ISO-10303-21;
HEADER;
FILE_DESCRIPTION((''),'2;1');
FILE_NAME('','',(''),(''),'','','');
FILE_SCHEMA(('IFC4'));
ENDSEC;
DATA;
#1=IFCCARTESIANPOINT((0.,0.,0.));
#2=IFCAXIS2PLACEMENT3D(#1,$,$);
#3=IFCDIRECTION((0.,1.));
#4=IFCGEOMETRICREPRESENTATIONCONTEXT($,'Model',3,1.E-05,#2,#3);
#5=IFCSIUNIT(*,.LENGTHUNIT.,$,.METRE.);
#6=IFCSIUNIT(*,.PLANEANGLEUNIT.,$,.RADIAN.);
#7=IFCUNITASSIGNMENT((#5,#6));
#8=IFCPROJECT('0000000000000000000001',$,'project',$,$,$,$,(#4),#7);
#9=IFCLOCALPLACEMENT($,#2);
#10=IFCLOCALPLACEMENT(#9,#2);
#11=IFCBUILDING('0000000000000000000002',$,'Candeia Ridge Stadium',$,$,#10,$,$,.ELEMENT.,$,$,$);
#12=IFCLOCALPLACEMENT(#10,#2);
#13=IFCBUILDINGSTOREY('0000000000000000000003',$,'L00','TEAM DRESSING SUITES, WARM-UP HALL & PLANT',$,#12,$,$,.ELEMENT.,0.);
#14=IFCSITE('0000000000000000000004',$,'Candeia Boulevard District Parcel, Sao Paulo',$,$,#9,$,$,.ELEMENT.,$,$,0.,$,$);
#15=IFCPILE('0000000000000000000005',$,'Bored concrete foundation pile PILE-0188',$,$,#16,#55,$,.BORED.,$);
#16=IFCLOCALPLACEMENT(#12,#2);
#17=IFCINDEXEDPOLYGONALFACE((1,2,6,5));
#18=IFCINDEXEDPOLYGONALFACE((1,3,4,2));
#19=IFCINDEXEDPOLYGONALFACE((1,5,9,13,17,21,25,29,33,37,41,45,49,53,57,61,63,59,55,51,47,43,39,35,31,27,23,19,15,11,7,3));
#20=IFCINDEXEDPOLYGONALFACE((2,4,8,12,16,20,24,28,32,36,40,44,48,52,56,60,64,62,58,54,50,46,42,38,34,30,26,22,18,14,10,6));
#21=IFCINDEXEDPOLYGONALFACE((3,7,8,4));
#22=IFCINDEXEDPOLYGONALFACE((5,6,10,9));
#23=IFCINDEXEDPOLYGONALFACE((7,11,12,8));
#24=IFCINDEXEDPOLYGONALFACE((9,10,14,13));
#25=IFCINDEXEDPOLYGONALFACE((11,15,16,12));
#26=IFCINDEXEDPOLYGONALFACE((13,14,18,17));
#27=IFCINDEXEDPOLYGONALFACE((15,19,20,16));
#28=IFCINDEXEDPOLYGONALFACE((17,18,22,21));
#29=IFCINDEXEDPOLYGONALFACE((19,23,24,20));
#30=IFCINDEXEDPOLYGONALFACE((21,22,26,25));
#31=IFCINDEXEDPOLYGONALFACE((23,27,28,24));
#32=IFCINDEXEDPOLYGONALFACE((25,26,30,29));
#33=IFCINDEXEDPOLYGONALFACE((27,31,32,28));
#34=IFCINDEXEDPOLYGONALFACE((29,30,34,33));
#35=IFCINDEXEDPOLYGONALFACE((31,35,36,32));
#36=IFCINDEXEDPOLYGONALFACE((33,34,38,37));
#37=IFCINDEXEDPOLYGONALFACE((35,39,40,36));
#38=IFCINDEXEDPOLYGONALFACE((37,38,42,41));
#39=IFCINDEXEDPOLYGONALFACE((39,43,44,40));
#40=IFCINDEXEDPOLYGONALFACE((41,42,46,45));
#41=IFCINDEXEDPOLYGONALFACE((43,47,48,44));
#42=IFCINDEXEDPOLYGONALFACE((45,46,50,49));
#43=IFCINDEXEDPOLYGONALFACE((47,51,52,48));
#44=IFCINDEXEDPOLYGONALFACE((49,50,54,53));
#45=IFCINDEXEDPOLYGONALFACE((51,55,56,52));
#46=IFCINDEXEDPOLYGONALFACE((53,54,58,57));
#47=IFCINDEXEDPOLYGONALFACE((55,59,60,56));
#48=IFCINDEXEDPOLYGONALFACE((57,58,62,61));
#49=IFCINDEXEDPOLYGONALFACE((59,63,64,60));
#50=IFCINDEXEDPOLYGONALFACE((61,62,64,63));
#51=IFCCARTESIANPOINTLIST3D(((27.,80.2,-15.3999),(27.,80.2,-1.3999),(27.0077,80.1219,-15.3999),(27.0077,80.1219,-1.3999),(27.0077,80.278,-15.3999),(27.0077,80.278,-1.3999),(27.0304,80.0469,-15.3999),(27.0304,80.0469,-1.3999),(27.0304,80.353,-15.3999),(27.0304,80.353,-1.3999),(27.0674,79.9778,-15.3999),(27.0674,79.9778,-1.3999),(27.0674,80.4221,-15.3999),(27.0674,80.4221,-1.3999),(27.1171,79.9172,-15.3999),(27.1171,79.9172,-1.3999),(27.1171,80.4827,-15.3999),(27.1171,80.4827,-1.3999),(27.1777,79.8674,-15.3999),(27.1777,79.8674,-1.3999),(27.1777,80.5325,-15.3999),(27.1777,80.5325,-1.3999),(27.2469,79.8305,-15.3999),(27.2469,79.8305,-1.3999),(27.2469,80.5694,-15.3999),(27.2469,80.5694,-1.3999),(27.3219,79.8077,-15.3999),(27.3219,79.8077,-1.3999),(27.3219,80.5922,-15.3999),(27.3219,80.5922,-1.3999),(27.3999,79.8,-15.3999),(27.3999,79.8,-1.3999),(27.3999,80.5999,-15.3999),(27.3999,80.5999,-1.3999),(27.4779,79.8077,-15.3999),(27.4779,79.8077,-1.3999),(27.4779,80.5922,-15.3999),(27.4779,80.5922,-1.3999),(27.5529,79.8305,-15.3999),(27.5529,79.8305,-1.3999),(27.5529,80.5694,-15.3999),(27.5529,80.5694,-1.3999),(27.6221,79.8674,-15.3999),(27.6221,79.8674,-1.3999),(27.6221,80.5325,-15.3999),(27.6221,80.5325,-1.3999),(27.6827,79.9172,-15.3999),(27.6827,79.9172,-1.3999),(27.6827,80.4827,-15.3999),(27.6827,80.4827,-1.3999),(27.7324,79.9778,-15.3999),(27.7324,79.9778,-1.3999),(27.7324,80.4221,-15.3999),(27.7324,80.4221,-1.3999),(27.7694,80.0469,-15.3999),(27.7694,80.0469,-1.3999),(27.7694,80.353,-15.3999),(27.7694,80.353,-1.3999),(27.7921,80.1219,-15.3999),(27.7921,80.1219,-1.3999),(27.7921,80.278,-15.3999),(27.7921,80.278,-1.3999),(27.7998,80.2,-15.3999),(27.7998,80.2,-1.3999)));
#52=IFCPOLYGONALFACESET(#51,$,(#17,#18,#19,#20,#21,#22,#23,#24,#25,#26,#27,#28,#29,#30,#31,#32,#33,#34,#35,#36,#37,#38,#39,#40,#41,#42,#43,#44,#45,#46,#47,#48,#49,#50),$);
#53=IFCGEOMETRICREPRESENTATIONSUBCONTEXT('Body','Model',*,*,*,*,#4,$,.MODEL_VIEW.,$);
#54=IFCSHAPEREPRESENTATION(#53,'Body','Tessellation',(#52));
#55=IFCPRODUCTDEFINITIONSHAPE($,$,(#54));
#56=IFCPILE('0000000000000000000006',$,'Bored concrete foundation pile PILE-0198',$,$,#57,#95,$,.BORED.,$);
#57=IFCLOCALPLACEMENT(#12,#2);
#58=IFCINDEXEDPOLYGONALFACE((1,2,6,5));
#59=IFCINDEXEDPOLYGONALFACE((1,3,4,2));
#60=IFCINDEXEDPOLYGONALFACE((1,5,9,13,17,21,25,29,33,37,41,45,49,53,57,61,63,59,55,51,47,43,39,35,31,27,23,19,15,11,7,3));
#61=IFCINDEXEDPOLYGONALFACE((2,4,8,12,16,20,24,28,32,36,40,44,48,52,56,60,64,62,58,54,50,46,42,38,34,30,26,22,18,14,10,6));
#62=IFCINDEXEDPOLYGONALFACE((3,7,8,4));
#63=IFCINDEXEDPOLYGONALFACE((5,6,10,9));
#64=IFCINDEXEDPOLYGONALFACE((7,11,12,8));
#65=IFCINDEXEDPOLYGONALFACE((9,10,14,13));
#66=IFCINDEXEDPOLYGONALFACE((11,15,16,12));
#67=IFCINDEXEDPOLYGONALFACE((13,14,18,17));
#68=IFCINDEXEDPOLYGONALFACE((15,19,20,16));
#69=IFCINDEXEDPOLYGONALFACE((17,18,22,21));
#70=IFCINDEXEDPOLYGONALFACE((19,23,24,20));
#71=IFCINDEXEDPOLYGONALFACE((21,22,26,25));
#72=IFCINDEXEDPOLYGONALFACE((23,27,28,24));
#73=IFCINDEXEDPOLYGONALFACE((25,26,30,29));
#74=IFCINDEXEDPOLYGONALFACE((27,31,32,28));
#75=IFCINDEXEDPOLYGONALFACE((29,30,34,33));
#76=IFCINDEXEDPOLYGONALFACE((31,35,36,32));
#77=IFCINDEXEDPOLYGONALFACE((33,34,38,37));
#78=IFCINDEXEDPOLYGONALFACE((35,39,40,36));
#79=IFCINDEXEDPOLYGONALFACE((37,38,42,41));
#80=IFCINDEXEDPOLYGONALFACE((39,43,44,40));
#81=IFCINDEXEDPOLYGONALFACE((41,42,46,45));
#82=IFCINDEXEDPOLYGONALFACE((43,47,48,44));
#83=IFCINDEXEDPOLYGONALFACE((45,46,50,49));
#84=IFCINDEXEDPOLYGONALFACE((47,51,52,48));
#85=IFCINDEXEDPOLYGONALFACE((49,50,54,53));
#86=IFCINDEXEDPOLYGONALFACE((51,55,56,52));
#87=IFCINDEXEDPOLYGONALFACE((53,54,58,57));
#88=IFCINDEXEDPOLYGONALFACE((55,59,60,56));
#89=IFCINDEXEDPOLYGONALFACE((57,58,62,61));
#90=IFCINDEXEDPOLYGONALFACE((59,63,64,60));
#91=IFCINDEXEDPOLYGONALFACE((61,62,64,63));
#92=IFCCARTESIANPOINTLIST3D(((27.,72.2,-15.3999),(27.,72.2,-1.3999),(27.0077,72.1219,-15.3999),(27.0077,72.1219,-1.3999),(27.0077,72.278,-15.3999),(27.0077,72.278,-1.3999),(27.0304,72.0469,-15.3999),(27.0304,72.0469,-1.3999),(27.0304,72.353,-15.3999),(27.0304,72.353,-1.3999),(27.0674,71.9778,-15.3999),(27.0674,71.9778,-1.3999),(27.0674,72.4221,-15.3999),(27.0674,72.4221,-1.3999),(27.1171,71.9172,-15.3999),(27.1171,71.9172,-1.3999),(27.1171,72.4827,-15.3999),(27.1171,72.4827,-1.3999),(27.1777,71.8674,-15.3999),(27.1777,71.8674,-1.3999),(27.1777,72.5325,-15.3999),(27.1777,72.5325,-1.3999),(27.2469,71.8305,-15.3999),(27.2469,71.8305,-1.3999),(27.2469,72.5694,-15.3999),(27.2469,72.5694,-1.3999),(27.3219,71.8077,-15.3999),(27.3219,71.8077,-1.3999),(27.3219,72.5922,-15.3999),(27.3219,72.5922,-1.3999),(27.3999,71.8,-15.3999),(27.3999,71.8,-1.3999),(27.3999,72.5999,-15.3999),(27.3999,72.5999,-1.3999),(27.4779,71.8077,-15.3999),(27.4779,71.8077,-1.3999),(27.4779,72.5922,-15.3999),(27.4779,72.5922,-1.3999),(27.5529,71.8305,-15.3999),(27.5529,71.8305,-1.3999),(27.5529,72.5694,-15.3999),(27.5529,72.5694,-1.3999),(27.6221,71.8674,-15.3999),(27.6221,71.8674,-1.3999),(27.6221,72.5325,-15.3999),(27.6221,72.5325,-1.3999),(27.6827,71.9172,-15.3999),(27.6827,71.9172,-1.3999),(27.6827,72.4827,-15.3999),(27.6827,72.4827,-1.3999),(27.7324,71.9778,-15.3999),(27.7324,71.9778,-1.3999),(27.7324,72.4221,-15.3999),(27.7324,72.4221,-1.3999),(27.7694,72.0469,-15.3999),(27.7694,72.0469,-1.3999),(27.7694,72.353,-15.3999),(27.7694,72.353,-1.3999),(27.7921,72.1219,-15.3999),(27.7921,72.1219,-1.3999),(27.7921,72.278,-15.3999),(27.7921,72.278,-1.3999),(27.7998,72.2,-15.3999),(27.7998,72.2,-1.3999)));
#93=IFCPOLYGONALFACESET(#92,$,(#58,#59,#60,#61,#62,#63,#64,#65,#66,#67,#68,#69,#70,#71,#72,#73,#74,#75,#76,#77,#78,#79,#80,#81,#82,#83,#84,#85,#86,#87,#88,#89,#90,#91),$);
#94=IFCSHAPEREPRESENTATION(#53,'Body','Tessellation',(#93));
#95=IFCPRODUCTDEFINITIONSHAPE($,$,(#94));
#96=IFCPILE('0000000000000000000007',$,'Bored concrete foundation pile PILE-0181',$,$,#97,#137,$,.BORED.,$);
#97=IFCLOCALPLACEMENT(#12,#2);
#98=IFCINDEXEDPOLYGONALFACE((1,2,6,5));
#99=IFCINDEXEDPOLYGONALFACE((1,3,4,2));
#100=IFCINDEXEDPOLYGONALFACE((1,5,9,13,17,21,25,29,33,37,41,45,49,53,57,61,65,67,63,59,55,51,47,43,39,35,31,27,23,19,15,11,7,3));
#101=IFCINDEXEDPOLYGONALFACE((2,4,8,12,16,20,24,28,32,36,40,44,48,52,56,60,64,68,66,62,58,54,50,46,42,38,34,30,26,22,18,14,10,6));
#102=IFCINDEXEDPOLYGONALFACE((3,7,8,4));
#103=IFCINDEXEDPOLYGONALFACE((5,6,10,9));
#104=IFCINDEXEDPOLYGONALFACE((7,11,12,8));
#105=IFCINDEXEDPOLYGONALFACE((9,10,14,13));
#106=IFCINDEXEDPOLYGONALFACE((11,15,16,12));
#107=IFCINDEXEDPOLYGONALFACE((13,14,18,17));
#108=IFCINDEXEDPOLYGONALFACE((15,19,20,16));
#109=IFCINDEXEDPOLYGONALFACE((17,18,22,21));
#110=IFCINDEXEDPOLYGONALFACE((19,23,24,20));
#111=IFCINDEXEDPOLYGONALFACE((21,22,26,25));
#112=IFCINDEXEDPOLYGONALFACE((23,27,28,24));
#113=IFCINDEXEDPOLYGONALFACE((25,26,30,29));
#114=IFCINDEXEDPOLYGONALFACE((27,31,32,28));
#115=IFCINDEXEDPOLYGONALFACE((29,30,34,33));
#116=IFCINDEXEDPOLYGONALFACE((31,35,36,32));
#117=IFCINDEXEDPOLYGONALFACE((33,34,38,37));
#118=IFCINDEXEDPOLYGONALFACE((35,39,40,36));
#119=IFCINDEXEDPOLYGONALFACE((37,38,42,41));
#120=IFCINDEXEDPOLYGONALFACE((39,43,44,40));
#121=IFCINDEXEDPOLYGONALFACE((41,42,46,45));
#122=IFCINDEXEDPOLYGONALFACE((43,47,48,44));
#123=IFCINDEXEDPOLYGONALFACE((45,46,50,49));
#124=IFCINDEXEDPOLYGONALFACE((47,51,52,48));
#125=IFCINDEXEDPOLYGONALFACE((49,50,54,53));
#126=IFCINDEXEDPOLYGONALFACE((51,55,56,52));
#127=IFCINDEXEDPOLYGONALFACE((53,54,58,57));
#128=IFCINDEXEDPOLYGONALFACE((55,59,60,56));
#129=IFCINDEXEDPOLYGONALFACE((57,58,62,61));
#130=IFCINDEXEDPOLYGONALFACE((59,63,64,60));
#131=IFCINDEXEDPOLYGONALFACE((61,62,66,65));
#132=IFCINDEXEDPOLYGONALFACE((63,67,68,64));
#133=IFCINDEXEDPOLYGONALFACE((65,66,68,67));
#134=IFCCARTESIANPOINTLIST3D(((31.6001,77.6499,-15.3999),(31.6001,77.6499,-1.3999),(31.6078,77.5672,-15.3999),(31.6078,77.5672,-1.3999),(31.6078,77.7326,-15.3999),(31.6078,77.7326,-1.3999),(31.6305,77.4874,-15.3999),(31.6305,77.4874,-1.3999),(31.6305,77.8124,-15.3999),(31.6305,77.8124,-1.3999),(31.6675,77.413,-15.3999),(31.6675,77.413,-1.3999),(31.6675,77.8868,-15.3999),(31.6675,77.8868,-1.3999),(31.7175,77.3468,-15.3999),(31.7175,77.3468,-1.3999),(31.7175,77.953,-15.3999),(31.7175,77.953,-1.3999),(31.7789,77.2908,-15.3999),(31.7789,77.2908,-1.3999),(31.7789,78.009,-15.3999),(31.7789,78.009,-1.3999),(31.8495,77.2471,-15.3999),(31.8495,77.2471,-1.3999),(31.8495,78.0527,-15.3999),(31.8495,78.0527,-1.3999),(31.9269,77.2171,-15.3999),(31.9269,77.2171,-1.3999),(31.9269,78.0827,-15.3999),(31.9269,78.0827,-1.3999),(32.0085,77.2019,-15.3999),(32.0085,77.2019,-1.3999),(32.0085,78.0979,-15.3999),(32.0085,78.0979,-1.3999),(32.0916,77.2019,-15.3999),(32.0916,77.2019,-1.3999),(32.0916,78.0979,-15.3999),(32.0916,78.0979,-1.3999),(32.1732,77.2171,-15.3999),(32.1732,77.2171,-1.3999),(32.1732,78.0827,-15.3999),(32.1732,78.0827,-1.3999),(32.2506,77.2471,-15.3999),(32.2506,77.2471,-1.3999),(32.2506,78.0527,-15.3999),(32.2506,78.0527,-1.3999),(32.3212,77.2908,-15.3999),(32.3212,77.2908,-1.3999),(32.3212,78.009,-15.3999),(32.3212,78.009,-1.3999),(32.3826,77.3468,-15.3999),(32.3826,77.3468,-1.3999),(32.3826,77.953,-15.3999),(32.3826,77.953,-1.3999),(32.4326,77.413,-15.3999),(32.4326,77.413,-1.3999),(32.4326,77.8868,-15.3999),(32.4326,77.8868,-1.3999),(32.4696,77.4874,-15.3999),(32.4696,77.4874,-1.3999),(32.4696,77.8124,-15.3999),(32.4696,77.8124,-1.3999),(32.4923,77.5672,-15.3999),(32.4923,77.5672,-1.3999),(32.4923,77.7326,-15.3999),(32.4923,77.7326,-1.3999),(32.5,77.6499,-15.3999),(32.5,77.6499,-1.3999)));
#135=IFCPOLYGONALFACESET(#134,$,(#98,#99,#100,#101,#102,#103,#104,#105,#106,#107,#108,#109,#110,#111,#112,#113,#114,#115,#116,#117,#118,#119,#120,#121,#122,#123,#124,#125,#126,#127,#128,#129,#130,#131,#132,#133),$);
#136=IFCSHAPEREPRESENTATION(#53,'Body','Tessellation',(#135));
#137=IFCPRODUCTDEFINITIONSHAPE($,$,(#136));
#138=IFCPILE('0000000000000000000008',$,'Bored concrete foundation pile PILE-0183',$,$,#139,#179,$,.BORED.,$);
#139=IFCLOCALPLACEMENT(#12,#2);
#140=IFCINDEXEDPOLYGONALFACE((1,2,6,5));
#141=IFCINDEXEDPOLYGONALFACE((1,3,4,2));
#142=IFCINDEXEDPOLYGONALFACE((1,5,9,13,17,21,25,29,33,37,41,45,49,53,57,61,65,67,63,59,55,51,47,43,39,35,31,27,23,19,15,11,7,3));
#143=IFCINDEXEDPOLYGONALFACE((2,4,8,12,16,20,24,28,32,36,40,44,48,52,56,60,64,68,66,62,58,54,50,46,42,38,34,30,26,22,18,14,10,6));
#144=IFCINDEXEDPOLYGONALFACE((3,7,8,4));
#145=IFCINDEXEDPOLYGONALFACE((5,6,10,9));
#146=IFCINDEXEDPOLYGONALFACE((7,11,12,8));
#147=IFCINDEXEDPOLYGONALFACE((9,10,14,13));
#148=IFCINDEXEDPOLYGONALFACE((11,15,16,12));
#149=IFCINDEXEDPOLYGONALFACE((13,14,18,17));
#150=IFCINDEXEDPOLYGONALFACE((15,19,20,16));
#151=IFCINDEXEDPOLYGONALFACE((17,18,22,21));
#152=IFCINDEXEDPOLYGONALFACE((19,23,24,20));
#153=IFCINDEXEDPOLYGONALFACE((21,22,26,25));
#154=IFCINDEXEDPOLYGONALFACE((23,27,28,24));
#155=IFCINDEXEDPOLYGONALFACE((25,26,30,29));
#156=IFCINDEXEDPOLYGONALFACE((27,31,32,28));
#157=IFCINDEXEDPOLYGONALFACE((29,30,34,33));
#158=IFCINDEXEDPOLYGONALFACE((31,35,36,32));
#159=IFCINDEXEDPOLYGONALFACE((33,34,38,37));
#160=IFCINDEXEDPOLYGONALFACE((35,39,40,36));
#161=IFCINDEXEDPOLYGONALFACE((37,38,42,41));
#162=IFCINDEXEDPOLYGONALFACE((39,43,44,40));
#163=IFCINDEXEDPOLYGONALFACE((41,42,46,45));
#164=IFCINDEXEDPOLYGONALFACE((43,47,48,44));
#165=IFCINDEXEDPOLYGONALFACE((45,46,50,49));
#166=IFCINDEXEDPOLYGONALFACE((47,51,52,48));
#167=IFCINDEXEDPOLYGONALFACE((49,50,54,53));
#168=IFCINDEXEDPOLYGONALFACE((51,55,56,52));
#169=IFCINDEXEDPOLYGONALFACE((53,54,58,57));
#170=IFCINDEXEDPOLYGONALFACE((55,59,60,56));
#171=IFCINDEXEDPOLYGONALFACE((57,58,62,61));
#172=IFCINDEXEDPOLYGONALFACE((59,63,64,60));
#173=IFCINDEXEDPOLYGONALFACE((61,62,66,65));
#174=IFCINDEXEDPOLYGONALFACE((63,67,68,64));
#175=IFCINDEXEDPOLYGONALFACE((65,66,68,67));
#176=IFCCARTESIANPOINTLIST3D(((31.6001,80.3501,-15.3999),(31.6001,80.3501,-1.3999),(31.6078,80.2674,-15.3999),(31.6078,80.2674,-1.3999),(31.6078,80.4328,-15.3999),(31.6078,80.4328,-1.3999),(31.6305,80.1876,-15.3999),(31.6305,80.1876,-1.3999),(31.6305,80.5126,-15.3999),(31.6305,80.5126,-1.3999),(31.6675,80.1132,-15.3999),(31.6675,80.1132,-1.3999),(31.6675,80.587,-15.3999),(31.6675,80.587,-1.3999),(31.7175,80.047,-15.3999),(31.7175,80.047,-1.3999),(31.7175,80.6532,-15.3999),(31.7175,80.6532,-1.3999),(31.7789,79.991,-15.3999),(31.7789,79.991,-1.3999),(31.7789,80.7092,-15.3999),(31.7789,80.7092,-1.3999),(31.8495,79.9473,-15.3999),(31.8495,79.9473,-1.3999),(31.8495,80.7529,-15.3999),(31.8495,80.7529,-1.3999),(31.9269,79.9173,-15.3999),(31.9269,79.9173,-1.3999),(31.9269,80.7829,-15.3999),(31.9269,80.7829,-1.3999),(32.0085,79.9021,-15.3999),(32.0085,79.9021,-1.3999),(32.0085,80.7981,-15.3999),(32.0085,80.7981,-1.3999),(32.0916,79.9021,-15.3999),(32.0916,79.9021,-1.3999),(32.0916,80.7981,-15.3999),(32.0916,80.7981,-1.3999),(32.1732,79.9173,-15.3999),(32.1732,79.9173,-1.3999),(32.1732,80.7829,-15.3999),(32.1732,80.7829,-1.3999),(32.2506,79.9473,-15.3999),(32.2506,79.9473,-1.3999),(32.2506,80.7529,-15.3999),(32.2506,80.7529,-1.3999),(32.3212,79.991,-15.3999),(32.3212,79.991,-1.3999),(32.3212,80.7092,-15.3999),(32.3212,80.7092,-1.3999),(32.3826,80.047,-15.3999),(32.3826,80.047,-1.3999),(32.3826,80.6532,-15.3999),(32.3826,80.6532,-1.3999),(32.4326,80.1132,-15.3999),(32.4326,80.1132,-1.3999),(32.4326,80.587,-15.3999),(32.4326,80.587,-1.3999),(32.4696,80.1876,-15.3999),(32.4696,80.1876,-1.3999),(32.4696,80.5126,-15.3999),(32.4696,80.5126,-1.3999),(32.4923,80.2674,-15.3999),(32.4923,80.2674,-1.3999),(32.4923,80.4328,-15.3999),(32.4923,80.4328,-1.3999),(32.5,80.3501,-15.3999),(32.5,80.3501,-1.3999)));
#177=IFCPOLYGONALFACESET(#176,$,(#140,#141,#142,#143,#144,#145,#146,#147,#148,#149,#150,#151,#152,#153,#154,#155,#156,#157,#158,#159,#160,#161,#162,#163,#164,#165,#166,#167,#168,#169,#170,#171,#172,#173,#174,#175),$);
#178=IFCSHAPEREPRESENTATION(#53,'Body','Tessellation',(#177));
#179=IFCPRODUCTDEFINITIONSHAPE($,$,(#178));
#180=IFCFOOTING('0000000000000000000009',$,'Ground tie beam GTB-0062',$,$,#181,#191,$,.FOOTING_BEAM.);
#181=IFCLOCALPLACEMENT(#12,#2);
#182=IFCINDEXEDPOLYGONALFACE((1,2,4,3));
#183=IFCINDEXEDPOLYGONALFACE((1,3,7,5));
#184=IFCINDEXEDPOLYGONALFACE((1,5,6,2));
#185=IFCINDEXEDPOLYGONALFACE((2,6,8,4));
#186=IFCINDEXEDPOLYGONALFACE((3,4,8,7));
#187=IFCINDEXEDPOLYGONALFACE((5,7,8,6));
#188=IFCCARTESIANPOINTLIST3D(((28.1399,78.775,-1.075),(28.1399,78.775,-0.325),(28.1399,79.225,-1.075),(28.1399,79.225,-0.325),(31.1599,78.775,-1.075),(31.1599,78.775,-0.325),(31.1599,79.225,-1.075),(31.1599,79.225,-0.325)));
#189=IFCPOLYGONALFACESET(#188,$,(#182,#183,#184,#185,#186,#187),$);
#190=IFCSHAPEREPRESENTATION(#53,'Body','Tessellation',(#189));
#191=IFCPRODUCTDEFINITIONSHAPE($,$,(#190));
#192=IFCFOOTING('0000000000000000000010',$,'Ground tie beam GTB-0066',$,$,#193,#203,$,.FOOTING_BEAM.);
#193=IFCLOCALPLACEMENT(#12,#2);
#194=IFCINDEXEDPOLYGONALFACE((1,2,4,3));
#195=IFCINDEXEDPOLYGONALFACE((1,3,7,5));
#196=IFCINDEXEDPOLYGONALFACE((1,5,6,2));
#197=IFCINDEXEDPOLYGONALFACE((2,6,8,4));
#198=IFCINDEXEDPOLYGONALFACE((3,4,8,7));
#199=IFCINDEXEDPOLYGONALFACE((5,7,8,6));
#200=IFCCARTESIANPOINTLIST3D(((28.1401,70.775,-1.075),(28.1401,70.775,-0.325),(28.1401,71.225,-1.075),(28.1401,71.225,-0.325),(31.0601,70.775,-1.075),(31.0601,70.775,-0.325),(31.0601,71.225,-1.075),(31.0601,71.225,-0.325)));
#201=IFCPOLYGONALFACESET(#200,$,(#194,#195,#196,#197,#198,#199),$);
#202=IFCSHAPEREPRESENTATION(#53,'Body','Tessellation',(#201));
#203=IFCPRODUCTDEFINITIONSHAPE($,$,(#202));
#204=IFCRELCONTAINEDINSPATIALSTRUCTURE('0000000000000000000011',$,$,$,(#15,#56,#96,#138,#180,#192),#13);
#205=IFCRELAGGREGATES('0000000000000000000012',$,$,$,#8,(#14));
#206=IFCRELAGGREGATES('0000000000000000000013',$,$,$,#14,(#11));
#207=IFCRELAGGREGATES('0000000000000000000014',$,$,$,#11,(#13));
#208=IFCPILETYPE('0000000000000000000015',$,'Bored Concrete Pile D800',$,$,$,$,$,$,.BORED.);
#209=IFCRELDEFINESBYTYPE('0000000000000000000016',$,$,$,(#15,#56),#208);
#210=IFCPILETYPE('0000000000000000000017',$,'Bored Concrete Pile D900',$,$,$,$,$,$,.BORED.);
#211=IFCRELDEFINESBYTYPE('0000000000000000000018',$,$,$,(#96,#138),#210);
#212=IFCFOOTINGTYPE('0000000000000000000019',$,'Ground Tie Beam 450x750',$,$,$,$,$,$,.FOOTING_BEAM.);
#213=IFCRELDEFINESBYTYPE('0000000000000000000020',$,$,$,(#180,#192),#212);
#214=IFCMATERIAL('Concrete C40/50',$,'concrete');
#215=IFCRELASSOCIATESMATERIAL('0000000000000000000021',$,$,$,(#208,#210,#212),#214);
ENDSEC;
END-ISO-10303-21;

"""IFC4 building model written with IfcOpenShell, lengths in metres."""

from ifc_helpers import new_model, si_unit, direction, frame, origin, origin_2d, place, context, subcontext, project, spatial, rectangle, circle, extrude, material, material_profile, profile_set, type_object, element, save


model = new_model("IFC4")

# Units and contexts
model_context = context("Model", 3, precision=1e-05, world=origin(), true_north=direction((0.0, 1.0)))
body_context = subcontext(model_context, "Body", "Model", "MODEL_VIEW")
ifc_project = project(units=[si_unit("LENGTHUNIT", "METRE"), si_unit("PLANEANGLEUNIT", "RADIAN")], contexts=[model_context])

# Site, building, storey
site_placement = place(None, origin())
site = spatial("IfcSite", under=ifc_project, at=site_placement, Name="Candeia Boulevard District Parcel, Sao Paulo", CompositionType="ELEMENT", RefElevation=0.0)
building_placement = place(site_placement, origin())
building = spatial("IfcBuilding", under=site, at=building_placement, Name="Candeia Ridge Stadium", CompositionType="ELEMENT")
storey_placement = place(building_placement, origin())
storey = spatial("IfcBuildingStorey", under=building, at=storey_placement, Name="L00", Description="TEAM DRESSING SUITES, WARM-UP HALL & PLANT", CompositionType="ELEMENT", Elevation=0.0)

# Piles
ifc_material_1 = material(Name="Concrete C40/50", Category="concrete")
ifc_material_profile_1 = material_profile(ifc_material_1, circle(Radius=0.3999, at=origin_2d()), Name="PILE-D800", Category="concrete")
ifc_profile_set_1 = profile_set([ifc_material_profile_1], Name="Concrete C40/50")
pile_type_1 = type_object("IfcPileType", Name="Bored Concrete Pile D800", PredefinedType="BORED", material=ifc_profile_set_1)
for number, where, z_axis, x_axis, name in (
    (1, (27.3999, 80.2, -1.3999), (0.0, 0.0, -1.0), (1.0, 0.0, 0.0), "Bored concrete foundation pile PILE-0188"),
    (2, (27.3999, 72.2, -1.3999), (0.0, 0.0, -1.0), (1.0, 0.0, 0.0), "Bored concrete foundation pile PILE-0198"),
):
    element("IfcPile", number, at=place(storey_placement, frame(where, z_axis=z_axis, x_axis=x_axis)), inside=storey, type_object=pile_type_1, Name=name, PredefinedType="BORED", context=body_context, shape_type="SweptSolid", body=[
        extrude(circle(Radius=0.3999, at=origin_2d()), origin(), (0.0, 0.0, 1.0), 14.0),
    ])
ifc_material_profile_2 = material_profile(ifc_material_1, circle(Radius=0.45, at=origin_2d()), Name="PILE-D900", Category="concrete")
ifc_profile_set_2 = profile_set([ifc_material_profile_2], Name="Concrete C40/50")
pile_type_2 = type_object("IfcPileType", Name="Bored Concrete Pile D900", PredefinedType="BORED", material=ifc_profile_set_2)
for number, where, z_axis, x_axis, name in (
    (3, (32.05, 77.6499, -1.3999), (0.0, 0.0, -1.0), (1.0, 0.0, 0.0), "Bored concrete foundation pile PILE-0181"),
    (4, (32.05, 80.3501, -1.3999), (0.0, 0.0, -1.0), (1.0, 0.0, 0.0), "Bored concrete foundation pile PILE-0183"),
):
    element("IfcPile", number, at=place(storey_placement, frame(where, z_axis=z_axis, x_axis=x_axis)), inside=storey, type_object=pile_type_2, Name=name, PredefinedType="BORED", context=body_context, shape_type="SweptSolid", body=[
        extrude(circle(Radius=0.45, at=origin_2d()), origin(), (0.0, 0.0, 1.0), 14.0),
    ])

# Footings
footing_type_1 = type_object("IfcFootingType", Name="Ground Tie Beam 450x750", PredefinedType="FOOTING_BEAM", material=ifc_material_1)
footing_1_placement = place(storey_placement, frame((29.6499, 79.0, -1.075), z_axis=(0.0, 0.0, 1.0), x_axis=(-1.0, 0.0, 0.0)))
element("IfcFooting", 5, at=footing_1_placement, inside=storey, type_object=footing_type_1, Name="Ground tie beam GTB-0062", PredefinedType="FOOTING_BEAM", context=body_context, shape_type="SweptSolid", body=[
    extrude(rectangle(XDim=3.02, YDim=0.45, at=origin_2d()), origin(), (0.0, 0.0, 1.0), 0.75),
])
footing_2_placement = place(storey_placement, frame((29.6001, 71.0, -1.075), z_axis=(0.0, 0.0, 1.0), x_axis=(-1.0, 0.0, 0.0)))
element("IfcFooting", 6, at=footing_2_placement, inside=storey, type_object=footing_type_1, Name="Ground tie beam GTB-0066", PredefinedType="FOOTING_BEAM", context=body_context, shape_type="SweptSolid", body=[
    extrude(rectangle(XDim=2.9199, YDim=0.45, at=origin_2d()), origin(), (0.0, 0.0, 1.0), 0.75),
])

save(model, "model.ifc")
